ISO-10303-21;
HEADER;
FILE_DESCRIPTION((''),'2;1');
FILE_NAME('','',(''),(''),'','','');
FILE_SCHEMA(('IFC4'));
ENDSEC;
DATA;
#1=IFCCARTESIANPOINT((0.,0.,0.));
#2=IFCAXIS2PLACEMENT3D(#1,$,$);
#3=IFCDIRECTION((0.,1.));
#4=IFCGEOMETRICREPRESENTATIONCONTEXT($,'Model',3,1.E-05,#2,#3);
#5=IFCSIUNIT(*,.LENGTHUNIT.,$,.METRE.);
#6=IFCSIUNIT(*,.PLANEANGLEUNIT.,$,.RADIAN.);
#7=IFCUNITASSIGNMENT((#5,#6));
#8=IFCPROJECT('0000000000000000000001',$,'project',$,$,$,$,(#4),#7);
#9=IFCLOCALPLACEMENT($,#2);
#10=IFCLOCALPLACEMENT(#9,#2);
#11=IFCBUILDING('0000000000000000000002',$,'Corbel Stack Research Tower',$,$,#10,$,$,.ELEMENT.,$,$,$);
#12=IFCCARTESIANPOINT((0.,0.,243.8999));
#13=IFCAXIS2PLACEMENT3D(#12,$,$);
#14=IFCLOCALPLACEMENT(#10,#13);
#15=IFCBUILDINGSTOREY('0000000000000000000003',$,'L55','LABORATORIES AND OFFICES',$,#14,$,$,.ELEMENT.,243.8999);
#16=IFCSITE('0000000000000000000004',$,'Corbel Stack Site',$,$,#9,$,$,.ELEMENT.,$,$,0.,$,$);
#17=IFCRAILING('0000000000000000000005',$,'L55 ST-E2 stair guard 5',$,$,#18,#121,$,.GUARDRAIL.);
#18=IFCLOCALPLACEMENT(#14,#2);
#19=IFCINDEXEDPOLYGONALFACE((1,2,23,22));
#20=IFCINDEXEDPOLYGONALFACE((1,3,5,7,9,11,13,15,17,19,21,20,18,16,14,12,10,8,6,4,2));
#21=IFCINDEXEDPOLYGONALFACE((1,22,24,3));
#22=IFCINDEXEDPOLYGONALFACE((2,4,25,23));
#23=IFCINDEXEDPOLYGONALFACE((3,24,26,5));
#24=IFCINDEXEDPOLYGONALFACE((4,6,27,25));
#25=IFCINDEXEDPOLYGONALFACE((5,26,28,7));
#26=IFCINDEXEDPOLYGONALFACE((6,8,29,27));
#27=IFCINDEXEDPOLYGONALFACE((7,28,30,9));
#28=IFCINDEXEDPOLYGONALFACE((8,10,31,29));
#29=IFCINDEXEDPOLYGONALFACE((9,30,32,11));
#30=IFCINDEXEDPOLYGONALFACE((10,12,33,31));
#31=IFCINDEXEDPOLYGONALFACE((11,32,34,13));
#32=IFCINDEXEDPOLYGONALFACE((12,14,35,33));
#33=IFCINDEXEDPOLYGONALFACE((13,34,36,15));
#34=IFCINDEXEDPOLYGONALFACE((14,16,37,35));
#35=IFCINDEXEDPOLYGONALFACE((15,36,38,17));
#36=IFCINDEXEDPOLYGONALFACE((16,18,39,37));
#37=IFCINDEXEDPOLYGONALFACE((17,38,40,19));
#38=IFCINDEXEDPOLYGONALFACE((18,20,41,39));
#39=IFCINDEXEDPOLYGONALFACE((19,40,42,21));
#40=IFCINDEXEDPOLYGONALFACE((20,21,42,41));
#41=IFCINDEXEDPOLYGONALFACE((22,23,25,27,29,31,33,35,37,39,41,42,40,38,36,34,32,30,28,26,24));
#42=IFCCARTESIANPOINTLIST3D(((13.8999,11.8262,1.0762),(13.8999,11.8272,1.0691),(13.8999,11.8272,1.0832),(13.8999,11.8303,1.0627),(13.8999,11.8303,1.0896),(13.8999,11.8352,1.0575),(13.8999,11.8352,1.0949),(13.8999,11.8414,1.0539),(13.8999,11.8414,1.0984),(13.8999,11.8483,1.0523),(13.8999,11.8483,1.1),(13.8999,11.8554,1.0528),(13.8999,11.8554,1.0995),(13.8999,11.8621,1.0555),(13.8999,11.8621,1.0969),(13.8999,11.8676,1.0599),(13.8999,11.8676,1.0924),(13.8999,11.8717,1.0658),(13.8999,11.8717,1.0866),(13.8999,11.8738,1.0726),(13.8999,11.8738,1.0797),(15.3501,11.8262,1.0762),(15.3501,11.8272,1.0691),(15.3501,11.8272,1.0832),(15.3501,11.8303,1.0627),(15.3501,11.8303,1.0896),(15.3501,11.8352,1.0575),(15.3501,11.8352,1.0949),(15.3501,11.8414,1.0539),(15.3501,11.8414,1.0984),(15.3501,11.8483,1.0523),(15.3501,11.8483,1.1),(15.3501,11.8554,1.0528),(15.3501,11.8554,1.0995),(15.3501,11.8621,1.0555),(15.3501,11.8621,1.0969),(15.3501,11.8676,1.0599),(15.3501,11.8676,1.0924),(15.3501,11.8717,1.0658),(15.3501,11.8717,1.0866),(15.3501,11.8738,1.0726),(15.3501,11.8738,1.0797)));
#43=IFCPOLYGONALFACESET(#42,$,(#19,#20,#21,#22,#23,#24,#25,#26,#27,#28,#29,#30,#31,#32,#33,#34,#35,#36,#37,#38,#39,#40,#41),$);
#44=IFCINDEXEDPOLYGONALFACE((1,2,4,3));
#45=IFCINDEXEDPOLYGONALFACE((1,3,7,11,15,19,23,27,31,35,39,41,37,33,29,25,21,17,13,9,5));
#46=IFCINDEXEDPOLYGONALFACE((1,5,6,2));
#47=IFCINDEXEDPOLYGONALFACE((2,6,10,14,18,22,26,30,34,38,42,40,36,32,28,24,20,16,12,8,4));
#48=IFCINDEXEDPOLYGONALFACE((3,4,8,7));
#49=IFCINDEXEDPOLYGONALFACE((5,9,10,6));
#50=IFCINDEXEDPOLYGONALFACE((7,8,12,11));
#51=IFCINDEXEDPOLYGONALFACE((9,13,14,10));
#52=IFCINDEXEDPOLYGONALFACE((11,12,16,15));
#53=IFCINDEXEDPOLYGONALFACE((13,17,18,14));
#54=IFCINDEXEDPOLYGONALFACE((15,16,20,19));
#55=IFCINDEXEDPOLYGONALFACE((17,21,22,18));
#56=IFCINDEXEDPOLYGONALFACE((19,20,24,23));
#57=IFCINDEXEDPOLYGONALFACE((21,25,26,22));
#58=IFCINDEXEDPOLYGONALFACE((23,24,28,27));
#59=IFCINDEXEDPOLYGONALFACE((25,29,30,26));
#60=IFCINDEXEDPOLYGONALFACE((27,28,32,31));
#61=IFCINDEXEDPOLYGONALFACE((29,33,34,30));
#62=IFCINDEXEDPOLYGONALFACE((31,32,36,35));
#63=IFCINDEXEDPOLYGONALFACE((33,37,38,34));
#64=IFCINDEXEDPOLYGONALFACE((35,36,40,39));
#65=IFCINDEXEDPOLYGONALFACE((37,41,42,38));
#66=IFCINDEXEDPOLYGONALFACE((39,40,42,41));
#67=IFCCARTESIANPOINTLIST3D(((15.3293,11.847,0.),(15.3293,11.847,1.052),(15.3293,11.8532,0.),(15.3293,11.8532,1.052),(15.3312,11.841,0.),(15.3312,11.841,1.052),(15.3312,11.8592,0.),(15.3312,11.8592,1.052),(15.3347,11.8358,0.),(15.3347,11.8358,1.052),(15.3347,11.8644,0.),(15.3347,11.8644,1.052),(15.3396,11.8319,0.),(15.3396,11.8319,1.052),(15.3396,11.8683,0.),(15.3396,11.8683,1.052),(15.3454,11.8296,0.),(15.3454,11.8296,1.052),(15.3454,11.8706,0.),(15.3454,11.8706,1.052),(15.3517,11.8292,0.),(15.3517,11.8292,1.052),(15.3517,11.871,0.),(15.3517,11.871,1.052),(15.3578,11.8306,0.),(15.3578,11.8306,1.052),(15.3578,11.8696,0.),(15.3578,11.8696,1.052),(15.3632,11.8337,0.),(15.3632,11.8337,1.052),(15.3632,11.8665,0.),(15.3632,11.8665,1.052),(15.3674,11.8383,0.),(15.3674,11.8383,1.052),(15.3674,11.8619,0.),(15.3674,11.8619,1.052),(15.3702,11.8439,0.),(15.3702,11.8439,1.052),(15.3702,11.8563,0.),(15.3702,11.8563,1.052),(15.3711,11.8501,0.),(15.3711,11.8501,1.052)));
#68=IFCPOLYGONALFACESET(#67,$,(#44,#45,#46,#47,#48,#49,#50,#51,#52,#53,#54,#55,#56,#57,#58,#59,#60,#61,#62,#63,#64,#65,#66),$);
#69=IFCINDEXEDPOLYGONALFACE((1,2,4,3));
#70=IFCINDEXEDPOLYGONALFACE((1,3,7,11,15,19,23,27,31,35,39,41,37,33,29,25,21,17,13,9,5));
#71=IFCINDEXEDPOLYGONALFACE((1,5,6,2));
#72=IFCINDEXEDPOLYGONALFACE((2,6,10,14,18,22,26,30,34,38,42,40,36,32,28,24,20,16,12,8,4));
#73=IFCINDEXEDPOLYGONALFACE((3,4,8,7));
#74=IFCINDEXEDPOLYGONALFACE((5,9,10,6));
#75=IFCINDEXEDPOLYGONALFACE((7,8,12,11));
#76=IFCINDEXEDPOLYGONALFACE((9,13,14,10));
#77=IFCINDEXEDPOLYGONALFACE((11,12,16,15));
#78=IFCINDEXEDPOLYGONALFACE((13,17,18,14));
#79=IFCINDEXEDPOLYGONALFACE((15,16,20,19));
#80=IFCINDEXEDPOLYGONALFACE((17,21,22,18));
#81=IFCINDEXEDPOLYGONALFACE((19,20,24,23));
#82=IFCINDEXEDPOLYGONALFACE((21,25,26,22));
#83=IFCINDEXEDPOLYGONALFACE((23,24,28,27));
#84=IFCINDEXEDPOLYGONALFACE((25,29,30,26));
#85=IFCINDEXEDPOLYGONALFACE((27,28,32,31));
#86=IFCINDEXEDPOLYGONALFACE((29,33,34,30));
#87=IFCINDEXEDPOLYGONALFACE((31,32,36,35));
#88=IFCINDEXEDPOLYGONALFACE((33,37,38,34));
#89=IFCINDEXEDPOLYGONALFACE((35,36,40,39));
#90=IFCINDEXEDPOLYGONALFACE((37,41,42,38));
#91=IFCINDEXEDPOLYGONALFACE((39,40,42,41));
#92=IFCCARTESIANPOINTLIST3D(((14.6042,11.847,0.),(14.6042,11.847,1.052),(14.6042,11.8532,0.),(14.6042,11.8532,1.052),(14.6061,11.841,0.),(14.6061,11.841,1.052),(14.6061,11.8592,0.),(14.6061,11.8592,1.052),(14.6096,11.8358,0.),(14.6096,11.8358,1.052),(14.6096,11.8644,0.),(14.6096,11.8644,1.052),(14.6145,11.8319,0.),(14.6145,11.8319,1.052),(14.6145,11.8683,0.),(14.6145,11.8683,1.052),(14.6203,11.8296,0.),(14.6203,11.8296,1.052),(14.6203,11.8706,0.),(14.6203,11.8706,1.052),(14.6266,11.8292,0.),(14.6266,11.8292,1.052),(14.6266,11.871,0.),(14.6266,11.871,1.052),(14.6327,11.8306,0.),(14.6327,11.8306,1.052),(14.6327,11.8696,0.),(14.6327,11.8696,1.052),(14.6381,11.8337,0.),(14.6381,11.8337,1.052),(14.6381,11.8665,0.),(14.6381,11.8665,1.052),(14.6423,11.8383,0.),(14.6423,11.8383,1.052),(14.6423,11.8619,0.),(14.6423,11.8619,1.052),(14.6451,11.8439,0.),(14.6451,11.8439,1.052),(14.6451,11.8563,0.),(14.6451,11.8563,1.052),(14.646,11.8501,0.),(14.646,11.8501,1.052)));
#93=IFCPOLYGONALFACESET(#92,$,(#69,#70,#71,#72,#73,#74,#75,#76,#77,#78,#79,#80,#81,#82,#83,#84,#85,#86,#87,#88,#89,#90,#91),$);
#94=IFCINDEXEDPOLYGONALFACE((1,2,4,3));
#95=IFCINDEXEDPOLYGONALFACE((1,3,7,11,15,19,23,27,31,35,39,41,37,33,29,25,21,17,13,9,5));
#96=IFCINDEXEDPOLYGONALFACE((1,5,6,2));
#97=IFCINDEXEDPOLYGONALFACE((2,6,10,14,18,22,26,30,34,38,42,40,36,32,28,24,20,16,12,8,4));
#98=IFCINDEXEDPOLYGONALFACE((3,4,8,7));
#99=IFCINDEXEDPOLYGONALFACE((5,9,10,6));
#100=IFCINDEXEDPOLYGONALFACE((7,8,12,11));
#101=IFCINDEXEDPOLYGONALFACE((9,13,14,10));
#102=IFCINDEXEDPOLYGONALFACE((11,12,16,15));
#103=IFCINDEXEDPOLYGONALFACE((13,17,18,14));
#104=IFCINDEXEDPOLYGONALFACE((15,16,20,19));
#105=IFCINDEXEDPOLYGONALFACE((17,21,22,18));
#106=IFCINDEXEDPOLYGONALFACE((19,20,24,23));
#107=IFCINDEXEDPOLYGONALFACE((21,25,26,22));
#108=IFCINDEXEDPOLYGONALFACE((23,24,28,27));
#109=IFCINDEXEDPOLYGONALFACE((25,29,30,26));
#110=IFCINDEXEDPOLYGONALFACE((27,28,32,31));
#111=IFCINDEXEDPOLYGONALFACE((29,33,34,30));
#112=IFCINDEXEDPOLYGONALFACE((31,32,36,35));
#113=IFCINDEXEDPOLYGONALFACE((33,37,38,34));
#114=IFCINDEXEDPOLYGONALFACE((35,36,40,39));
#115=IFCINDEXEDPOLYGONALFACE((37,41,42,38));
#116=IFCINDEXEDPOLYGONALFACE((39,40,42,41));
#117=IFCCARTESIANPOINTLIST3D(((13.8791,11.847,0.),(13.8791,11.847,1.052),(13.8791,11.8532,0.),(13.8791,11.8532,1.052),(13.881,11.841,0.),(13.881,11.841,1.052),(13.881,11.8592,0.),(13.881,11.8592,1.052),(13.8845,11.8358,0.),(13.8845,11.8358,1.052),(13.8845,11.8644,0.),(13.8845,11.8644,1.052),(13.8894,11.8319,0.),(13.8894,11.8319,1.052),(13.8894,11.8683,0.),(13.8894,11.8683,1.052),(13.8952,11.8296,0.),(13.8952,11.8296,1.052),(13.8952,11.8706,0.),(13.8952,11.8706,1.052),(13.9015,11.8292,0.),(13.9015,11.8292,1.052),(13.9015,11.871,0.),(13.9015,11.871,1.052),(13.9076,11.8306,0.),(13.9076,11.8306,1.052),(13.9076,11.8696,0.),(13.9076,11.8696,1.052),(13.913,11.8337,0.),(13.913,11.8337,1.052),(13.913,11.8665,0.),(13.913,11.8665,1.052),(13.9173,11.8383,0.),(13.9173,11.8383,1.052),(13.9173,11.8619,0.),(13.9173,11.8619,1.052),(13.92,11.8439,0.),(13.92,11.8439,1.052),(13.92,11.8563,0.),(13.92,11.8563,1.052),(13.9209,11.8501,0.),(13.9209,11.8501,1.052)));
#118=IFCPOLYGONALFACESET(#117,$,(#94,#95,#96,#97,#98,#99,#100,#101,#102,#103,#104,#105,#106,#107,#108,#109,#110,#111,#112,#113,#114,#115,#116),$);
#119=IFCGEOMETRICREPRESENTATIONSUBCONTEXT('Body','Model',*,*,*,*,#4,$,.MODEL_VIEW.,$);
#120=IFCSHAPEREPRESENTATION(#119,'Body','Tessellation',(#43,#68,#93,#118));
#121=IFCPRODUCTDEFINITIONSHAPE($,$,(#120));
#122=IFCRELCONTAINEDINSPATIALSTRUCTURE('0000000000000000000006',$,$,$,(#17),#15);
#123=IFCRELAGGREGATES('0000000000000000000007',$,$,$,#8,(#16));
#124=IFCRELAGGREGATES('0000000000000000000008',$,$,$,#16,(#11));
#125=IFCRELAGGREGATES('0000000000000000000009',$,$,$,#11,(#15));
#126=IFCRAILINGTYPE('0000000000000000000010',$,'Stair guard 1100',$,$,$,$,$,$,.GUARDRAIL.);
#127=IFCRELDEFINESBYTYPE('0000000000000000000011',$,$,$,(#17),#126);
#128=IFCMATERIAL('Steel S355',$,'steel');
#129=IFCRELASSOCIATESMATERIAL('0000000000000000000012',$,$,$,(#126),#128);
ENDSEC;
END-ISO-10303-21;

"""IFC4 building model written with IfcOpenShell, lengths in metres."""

from ifc_helpers import new_model, si_unit, direction, frame, origin, origin_2d, place, context, subcontext, project, spatial, circle, extrude, material, type_object, element, save


model = new_model("IFC4")

# Units and contexts
model_context = context("Model", 3, precision=1e-05, world=origin(), true_north=direction((0.0, 1.0)))
body_context = subcontext(model_context, "Body", "Model", "MODEL_VIEW")
ifc_project = project(units=[si_unit("LENGTHUNIT", "METRE"), si_unit("PLANEANGLEUNIT", "RADIAN")], contexts=[model_context])

# Site, building, storey
site_placement = place(None, origin())
site = spatial("IfcSite", under=ifc_project, at=site_placement, Name="Corbel Stack Site", CompositionType="ELEMENT", RefElevation=0.0)
building_placement = place(site_placement, origin())
building = spatial("IfcBuilding", under=site, at=building_placement, Name="Corbel Stack Research Tower", CompositionType="ELEMENT")
storey_placement = place(building_placement, frame((0.0, 0.0, 243.8999)))
storey = spatial("IfcBuildingStorey", under=building, at=storey_placement, Name="L55", Description="LABORATORIES AND OFFICES", CompositionType="ELEMENT", Elevation=243.8999)

# Railing
ifc_material_1 = material(Name="Steel S355", Category="steel")
railing_type = type_object("IfcRailingType", Name="Stair guard 1100", PredefinedType="GUARDRAIL", material=ifc_material_1)
railing_1_placement = place(storey_placement, frame((15.3501, 11.8501, 0.0)))
element("IfcRailing", 1, at=railing_1_placement, inside=storey, type_object=railing_type, Name="L55 ST-E2 stair guard 5", PredefinedType="GUARDRAIL", context=body_context, shape_type="SweptSolid", body=[
    extrude(circle(Radius=0.0239, at=origin_2d()), frame((0.0, 0.0, 1.0762), z_axis=(-1.0, 0.0, 0.0), x_axis=(0.0, -1.0, 0.0)), (0.0, 0.0, 1.0), 1.4502),
    extrude(circle(Radius=0.021, at=origin_2d()), origin(), (0.0, 0.0, 1.0), 1.052),
    extrude(circle(Radius=0.021, at=origin_2d()), frame((-0.7251, 0.0, 0.0)), (0.0, 0.0, 1.0), 1.052),
    extrude(circle(Radius=0.021, at=origin_2d()), frame((-1.4502, 0.0, 0.0)), (0.0, 0.0, 1.0), 1.052),
])

save(model, "model.ifc")
